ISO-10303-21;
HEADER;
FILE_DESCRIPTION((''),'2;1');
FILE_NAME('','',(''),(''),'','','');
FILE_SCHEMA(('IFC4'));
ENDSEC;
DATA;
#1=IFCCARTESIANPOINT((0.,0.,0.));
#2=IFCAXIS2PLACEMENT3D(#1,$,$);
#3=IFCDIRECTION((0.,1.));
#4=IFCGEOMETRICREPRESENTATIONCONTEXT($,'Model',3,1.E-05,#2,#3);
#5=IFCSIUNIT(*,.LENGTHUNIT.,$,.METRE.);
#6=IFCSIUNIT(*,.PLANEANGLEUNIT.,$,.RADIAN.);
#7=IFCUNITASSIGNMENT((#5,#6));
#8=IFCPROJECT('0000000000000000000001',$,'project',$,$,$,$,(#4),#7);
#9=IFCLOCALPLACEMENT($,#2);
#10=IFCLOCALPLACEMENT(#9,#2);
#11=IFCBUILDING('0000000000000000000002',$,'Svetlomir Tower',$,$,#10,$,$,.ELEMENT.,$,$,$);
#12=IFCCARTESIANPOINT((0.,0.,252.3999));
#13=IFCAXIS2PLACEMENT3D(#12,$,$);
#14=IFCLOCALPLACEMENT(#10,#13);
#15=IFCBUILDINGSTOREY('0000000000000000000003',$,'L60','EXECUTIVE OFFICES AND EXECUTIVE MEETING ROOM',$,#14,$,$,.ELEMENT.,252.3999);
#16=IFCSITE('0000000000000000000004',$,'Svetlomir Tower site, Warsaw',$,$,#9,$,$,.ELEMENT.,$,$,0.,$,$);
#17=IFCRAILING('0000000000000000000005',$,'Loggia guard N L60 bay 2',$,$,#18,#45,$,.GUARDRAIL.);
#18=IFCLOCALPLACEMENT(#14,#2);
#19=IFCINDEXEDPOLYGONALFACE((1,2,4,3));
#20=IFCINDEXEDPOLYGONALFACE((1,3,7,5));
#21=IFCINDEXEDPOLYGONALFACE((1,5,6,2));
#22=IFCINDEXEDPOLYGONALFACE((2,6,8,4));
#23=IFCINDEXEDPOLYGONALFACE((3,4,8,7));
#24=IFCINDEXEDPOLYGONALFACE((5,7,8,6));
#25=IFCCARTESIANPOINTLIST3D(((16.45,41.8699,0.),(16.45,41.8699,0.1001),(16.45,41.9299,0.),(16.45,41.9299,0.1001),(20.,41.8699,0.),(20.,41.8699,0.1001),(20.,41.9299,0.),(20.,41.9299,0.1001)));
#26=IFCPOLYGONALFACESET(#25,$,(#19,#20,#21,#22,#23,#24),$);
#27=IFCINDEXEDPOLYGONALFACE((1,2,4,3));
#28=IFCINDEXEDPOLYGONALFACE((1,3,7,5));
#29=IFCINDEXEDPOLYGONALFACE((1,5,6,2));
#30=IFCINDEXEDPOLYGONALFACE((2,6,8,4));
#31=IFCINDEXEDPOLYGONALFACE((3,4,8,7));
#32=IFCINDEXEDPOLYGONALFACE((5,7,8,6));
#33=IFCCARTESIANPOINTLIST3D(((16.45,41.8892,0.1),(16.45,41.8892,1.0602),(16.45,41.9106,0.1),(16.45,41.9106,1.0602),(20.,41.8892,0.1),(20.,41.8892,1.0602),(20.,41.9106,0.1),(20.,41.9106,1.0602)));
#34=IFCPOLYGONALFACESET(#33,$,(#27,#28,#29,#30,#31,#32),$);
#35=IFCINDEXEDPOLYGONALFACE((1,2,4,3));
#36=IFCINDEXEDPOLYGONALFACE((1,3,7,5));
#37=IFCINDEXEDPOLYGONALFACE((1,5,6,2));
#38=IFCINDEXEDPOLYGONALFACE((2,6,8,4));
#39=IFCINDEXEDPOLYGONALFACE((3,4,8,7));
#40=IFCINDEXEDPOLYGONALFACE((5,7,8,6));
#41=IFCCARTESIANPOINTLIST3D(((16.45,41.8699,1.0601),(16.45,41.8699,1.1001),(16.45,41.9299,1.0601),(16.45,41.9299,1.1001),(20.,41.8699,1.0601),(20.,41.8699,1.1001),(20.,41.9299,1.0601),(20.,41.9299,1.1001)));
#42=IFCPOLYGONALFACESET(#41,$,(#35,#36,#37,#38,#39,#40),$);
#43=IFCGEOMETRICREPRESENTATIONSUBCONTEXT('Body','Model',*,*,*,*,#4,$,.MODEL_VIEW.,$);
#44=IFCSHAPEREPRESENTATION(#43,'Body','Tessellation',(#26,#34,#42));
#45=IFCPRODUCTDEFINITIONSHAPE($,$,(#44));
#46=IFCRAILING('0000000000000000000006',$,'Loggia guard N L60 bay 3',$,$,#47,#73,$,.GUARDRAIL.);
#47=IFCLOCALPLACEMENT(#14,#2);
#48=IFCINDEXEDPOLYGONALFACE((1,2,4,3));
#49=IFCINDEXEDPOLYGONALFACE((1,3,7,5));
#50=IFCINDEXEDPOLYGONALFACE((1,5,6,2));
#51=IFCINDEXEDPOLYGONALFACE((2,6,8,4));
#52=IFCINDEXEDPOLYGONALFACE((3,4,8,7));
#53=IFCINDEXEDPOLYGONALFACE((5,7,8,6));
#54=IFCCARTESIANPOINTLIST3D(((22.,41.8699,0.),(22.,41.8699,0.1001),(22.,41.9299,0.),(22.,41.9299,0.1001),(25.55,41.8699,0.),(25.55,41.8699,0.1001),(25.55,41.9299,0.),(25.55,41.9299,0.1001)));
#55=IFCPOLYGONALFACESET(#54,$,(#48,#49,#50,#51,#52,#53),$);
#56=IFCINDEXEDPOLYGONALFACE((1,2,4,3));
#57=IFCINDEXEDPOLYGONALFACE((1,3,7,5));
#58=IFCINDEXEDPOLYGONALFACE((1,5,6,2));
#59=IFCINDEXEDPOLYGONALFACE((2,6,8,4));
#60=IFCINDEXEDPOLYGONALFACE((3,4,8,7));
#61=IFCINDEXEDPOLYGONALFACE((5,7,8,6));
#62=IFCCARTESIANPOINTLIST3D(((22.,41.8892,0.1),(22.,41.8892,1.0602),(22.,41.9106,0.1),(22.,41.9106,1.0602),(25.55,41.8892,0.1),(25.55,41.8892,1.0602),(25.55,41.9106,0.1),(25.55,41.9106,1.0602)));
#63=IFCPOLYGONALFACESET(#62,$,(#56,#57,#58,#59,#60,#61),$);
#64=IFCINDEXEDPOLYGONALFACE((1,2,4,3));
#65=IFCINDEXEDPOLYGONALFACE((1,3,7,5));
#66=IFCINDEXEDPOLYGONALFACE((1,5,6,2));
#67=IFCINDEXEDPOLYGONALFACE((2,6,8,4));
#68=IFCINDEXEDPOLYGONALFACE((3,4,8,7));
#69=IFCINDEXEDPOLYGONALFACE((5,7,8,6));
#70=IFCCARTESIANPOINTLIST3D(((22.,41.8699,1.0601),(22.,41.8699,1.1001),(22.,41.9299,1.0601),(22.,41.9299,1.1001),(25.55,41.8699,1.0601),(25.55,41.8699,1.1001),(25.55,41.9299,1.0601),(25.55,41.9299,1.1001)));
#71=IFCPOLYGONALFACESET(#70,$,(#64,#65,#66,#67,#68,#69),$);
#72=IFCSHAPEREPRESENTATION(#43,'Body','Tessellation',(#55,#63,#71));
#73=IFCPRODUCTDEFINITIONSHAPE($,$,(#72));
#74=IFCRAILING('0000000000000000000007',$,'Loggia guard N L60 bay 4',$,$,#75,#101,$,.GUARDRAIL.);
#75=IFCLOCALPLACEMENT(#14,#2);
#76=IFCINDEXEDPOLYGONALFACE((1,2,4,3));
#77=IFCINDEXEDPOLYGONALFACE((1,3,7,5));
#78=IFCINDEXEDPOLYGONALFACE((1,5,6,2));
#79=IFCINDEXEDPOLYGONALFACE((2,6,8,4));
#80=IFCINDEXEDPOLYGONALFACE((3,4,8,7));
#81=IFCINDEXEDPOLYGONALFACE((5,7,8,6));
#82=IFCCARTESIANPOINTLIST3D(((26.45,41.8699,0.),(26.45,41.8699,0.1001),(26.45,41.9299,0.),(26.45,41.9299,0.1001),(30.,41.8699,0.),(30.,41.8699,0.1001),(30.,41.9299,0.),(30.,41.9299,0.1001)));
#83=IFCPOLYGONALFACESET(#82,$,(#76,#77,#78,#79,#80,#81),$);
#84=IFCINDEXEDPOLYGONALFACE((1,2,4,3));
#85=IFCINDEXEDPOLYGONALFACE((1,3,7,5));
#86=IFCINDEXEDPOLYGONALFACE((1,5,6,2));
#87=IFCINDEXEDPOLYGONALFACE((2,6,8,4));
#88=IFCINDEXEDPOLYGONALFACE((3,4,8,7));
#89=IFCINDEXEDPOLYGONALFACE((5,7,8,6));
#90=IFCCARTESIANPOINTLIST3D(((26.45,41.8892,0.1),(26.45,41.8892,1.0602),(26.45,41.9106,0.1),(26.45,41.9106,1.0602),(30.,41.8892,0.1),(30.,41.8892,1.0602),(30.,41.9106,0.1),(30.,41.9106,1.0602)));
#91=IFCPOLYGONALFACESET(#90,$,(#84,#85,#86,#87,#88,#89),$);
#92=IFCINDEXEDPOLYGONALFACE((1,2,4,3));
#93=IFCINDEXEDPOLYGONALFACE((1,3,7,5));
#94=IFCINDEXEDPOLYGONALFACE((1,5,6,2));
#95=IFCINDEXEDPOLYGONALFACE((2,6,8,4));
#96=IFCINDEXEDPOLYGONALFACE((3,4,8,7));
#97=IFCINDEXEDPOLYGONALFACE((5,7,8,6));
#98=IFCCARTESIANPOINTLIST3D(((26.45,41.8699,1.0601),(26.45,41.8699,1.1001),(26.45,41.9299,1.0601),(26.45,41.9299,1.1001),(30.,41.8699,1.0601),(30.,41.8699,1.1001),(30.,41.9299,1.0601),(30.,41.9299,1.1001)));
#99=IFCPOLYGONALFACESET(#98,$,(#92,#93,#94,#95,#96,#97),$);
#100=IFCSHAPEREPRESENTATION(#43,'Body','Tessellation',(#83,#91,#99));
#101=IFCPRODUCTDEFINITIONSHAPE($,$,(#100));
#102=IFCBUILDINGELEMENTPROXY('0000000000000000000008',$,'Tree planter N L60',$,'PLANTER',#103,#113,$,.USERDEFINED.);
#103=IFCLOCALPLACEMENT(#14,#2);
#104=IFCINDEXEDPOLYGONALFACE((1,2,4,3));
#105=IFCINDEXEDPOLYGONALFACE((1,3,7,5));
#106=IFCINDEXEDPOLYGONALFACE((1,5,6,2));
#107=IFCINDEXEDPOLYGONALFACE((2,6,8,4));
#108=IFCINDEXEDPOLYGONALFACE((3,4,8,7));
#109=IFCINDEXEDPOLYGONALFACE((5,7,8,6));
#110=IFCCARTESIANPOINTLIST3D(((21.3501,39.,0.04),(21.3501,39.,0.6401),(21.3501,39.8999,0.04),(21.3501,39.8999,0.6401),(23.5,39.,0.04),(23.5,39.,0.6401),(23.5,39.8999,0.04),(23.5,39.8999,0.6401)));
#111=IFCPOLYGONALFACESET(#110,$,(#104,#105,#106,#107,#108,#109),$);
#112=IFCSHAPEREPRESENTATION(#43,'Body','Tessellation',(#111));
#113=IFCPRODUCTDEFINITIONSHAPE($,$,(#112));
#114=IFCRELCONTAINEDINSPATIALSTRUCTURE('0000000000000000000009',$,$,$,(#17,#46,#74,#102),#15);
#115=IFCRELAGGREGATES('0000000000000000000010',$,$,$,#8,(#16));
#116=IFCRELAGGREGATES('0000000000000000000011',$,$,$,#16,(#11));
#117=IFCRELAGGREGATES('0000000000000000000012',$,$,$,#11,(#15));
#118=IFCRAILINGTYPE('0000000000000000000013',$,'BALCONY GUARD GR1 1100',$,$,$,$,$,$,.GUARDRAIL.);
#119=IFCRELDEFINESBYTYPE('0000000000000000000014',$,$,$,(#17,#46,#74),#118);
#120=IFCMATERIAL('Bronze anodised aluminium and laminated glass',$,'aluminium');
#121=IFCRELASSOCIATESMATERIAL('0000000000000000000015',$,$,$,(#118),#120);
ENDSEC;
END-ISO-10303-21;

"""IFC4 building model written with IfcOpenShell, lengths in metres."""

from ifc_helpers import new_model, si_unit, direction, frame, origin, origin_2d, place, context, subcontext, project, spatial, rectangle, extrude, material, type_object, element, save


model = new_model("IFC4")

# Units and contexts
model_context = context("Model", 3, precision=1e-05, world=origin(), true_north=direction((0.0, 1.0)))
body_context = subcontext(model_context, "Body", "Model", "MODEL_VIEW")
ifc_project = project(units=[si_unit("LENGTHUNIT", "METRE"), si_unit("PLANEANGLEUNIT", "RADIAN")], contexts=[model_context])

# Site, building, storey
site_placement = place(None, origin())
site = spatial("IfcSite", under=ifc_project, at=site_placement, Name="Svetlomir Tower site, Warsaw", CompositionType="ELEMENT", RefElevation=0.0)
building_placement = place(site_placement, origin())
building = spatial("IfcBuilding", under=site, at=building_placement, Name="Svetlomir Tower", CompositionType="ELEMENT")
storey_placement = place(building_placement, frame((0.0, 0.0, 252.3999)))
storey = spatial("IfcBuildingStorey", under=building, at=storey_placement, Name="L60", Description="EXECUTIVE OFFICES AND EXECUTIVE MEETING ROOM", CompositionType="ELEMENT", Elevation=252.3999)

# Railings
ifc_material_1 = material(Name="Bronze anodised aluminium and laminated glass", Category="aluminium")
railing_type = type_object("IfcRailingType", Name="BALCONY GUARD GR1 1100", PredefinedType="GUARDRAIL", material=ifc_material_1)
for number, where, name in (
    (1, (16.45, 41.8999, 0.0), "Loggia guard N L60 bay 2"),
    (2, (22.0, 41.8999, 0.0), "Loggia guard N L60 bay 3"),
    (3, (26.45, 41.8999, 0.0), "Loggia guard N L60 bay 4"),
):
    element("IfcRailing", number, at=place(storey_placement, frame(where)), inside=storey, type_object=railing_type, Name=name, PredefinedType="GUARDRAIL", context=body_context, shape_type="SweptSolid", body=[
        extrude(rectangle(XDim=0.0601, YDim=0.1001, at=origin_2d()), frame((0.0, 0.0, 0.05), z_axis=(1.0, 0.0, 0.0), x_axis=(0.0, 1.0, 0.0)), (0.0, 0.0, 1.0), 3.55),
        extrude(rectangle(XDim=0.0215, YDim=0.9602, at=origin_2d()), frame((0.0, 0.0, 0.5801), z_axis=(1.0, 0.0, 0.0), x_axis=(0.0, 1.0, 0.0)), (0.0, 0.0, 1.0), 3.55),
        extrude(rectangle(XDim=0.0601, YDim=0.04, at=origin_2d()), frame((0.0, 0.0, 1.0801), z_axis=(1.0, 0.0, 0.0), x_axis=(0.0, 1.0, 0.0)), (0.0, 0.0, 1.0), 3.55),
    ])

# Building element proxy
proxy_placement = place(storey_placement, frame((22.425, 39.45, 0.04), z_axis=(0.0, 0.0, 1.0), x_axis=(1.0, 0.0, 0.0)))
element("IfcBuildingElementProxy", 4, at=proxy_placement, inside=storey, Name="Tree planter N L60", ObjectType="PLANTER", PredefinedType="USERDEFINED", context=body_context, shape_type="SweptSolid", body=[
    extrude(rectangle(XDim=2.1499, YDim=0.8999, at=origin_2d()), origin(), (0.0, 0.0, 1.0), 0.6001),
])

save(model, "model.ifc")
